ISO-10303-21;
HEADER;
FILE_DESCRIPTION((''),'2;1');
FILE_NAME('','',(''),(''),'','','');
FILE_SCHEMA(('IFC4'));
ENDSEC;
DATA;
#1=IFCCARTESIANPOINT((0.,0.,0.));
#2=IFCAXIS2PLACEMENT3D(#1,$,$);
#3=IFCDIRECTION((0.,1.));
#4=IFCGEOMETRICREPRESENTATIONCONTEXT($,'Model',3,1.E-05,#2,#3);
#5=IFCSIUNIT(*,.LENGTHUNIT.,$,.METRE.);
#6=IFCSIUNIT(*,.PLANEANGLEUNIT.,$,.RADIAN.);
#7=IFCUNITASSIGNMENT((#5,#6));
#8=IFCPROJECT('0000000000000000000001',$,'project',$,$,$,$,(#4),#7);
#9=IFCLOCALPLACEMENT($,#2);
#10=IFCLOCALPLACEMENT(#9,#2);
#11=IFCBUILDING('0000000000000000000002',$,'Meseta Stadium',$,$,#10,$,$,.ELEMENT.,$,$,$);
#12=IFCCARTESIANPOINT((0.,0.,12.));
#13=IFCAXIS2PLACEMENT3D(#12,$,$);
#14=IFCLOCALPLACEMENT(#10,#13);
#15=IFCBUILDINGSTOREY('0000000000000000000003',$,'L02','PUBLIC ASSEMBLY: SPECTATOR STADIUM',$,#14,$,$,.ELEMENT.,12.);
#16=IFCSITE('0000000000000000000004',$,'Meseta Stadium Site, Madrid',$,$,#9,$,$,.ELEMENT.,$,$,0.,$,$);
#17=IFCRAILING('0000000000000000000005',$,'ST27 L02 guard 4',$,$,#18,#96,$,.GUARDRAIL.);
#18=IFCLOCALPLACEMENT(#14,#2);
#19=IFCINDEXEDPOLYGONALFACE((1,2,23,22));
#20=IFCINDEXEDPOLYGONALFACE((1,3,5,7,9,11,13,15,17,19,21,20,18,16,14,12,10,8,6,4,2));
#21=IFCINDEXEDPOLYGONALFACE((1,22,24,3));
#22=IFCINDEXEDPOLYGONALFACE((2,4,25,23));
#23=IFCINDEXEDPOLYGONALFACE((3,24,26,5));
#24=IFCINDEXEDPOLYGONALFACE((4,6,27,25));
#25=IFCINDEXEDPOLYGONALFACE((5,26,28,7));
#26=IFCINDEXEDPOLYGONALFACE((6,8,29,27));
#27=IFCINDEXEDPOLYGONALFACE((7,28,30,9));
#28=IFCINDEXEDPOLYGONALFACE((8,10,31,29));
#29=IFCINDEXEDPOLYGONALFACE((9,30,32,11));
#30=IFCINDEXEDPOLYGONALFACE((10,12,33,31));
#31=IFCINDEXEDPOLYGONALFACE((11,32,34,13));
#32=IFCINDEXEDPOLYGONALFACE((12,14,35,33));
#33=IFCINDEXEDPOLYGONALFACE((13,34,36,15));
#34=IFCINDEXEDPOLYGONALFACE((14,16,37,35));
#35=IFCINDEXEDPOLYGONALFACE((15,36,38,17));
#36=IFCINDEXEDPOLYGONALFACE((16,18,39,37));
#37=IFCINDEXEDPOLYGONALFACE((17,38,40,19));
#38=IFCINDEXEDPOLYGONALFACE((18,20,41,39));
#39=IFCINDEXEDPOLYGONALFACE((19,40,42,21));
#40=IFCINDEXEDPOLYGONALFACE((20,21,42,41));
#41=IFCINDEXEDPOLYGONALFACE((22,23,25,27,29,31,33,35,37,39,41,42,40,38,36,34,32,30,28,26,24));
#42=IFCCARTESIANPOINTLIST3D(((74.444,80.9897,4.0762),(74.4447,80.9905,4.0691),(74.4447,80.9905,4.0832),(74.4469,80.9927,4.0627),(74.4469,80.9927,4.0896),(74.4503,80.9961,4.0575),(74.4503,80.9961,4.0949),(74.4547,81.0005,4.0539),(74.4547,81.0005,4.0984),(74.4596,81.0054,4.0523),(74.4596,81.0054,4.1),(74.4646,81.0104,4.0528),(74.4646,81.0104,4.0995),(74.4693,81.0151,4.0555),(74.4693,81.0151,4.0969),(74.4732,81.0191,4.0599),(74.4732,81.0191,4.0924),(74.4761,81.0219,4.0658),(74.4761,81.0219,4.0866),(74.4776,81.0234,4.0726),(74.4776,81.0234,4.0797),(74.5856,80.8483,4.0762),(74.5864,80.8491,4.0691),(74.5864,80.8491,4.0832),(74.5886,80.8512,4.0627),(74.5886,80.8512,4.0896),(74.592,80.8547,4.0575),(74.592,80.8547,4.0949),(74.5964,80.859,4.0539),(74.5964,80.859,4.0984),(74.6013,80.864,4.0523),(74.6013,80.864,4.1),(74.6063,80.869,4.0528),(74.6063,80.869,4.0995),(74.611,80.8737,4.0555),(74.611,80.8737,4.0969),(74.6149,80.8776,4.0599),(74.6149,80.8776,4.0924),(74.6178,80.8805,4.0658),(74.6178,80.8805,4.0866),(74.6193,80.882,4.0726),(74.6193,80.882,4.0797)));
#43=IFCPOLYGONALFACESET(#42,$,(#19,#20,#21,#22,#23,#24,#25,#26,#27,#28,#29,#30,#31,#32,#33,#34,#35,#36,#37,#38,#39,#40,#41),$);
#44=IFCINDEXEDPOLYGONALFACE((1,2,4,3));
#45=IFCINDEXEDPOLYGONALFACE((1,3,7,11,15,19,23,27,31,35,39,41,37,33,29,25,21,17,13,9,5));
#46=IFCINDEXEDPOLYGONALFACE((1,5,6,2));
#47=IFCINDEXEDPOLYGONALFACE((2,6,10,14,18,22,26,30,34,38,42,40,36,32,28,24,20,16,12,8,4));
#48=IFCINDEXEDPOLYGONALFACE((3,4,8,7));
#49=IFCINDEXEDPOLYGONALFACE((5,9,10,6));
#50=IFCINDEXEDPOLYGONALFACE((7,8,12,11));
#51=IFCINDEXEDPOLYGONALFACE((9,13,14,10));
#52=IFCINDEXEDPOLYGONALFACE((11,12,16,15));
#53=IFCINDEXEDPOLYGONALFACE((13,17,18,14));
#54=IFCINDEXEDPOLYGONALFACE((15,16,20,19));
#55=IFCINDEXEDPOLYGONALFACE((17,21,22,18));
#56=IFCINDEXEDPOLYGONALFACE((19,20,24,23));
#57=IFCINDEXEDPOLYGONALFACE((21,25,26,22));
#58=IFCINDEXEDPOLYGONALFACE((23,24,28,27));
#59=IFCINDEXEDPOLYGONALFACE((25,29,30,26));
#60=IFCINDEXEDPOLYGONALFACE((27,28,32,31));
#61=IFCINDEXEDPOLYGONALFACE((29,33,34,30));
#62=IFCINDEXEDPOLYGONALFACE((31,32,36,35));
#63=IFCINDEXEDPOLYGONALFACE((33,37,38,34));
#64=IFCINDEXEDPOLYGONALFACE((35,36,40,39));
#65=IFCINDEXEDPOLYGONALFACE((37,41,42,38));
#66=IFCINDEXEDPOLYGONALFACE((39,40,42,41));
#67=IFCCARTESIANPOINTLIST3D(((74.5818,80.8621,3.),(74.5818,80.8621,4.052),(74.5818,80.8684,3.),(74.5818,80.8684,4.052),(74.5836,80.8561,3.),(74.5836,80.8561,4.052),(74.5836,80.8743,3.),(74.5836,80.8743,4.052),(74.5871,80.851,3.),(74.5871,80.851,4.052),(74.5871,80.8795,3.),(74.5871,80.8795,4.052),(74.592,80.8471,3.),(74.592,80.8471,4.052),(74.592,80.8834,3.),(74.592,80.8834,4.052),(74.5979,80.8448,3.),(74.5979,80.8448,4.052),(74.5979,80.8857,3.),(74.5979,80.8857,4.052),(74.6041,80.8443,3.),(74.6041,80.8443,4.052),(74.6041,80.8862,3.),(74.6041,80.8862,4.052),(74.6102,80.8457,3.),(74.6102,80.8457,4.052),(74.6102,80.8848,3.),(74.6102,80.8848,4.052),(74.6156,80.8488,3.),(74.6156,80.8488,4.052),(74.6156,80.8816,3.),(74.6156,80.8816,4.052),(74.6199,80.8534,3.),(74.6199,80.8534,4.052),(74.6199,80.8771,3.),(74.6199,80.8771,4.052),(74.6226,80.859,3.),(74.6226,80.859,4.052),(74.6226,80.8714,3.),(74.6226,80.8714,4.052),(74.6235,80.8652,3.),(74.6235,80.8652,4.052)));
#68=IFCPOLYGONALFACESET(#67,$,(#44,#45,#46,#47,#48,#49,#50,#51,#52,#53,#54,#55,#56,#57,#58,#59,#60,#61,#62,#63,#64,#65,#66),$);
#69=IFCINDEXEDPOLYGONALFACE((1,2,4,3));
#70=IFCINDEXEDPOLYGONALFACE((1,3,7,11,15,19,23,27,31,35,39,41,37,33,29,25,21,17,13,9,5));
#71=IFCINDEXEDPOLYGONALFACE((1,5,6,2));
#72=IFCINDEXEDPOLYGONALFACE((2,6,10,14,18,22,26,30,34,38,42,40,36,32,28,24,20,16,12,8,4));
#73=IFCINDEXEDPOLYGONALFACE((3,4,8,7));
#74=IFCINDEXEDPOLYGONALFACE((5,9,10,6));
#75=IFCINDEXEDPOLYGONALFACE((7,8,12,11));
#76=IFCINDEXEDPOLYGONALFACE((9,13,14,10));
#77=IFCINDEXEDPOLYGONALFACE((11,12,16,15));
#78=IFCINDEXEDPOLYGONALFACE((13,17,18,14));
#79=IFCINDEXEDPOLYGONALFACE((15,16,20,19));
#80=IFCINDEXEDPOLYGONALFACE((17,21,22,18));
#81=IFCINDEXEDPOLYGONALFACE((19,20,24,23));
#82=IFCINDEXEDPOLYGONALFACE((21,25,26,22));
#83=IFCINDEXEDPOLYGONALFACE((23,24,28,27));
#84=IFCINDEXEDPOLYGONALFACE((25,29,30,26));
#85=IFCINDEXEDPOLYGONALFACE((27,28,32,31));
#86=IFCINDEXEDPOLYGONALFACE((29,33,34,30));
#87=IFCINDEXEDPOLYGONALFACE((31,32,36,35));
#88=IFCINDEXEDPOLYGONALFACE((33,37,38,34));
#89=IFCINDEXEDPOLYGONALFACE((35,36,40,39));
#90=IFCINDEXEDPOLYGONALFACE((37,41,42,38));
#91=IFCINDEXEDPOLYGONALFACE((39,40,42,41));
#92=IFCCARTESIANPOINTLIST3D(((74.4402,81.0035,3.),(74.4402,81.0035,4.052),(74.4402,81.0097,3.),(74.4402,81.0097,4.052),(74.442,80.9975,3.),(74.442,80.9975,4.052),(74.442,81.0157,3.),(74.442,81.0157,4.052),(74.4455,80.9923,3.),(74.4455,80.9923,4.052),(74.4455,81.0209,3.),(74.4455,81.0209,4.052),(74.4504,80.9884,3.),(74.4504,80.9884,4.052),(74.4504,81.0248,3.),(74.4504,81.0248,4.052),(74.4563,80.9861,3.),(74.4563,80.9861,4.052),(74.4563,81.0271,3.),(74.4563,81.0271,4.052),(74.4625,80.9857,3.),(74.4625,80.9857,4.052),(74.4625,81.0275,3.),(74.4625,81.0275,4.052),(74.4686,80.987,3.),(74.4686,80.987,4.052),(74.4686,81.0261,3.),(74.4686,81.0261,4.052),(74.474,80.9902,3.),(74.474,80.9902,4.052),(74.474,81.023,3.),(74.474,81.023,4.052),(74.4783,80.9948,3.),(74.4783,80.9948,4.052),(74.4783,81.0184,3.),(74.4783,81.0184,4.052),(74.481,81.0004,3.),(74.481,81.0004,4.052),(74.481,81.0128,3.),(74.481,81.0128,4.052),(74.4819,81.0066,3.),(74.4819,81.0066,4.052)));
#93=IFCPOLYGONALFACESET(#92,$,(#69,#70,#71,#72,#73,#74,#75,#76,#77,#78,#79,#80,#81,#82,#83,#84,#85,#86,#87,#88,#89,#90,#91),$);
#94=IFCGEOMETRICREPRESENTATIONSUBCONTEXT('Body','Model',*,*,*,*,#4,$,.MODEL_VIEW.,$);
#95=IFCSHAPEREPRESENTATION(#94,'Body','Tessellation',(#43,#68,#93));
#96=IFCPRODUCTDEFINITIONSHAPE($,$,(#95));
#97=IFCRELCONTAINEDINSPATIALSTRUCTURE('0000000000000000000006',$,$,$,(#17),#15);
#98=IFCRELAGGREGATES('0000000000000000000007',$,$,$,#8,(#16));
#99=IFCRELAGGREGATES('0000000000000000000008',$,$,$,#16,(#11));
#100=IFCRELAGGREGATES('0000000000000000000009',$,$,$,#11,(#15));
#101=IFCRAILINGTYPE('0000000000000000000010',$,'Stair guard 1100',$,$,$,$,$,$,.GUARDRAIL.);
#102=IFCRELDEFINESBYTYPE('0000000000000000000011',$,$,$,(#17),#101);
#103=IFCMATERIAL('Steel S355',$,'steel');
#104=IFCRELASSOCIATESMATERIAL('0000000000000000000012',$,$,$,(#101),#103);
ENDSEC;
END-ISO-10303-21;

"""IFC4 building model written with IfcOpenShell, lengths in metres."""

from ifc_helpers import new_model, si_unit, direction, frame, origin, origin_2d, place, context, subcontext, project, spatial, circle, extrude, material, type_object, element, save


model = new_model("IFC4")

# Units and contexts
model_context = context("Model", 3, precision=1e-05, world=origin(), true_north=direction((0.0, 1.0)))
body_context = subcontext(model_context, "Body", "Model", "MODEL_VIEW")
ifc_project = project(units=[si_unit("LENGTHUNIT", "METRE"), si_unit("PLANEANGLEUNIT", "RADIAN")], contexts=[model_context])

# Site, building, storey
site_placement = place(None, origin())
site = spatial("IfcSite", under=ifc_project, at=site_placement, Name="Meseta Stadium Site, Madrid", CompositionType="ELEMENT", RefElevation=0.0)
building_placement = place(site_placement, origin())
building = spatial("IfcBuilding", under=site, at=building_placement, Name="Meseta Stadium", CompositionType="ELEMENT")
storey_placement = place(building_placement, frame((0.0, 0.0, 12.0)))
storey = spatial("IfcBuildingStorey", under=building, at=storey_placement, Name="L02", Description="PUBLIC ASSEMBLY: SPECTATOR STADIUM", CompositionType="ELEMENT", Elevation=12.0)

# Railing
ifc_material_1 = material(Name="Steel S355", Category="steel")
railing_type_1 = type_object("IfcRailingType", Name="Stair guard 1100", PredefinedType="GUARDRAIL", material=ifc_material_1)
railing_1_placement = place(storey_placement, frame((74.6025, 80.8652, 3.0)))
element("IfcRailing", 1, at=railing_1_placement, inside=storey, type_object=railing_type_1, Name="ST27 L02 guard 4", PredefinedType="GUARDRAIL", context=body_context, shape_type="SweptSolid", body=[
    extrude(circle(Radius=0.0239, at=origin_2d()), frame((0.0, 0.0, 1.0762), z_axis=(-0.707717, 0.706496, 0.0), x_axis=(-0.706496, -0.707717, 0.0)), (0.0, 0.0, 1.0), 0.2002),
    extrude(circle(Radius=0.021, at=origin_2d()), origin(), (0.0, 0.0, 1.0), 1.052),
    extrude(circle(Radius=0.021, at=origin_2d()), frame((-0.1416, 0.1414, 0.0)), (0.0, 0.0, 1.0), 1.052),
])

save(model, "model.ifc")
